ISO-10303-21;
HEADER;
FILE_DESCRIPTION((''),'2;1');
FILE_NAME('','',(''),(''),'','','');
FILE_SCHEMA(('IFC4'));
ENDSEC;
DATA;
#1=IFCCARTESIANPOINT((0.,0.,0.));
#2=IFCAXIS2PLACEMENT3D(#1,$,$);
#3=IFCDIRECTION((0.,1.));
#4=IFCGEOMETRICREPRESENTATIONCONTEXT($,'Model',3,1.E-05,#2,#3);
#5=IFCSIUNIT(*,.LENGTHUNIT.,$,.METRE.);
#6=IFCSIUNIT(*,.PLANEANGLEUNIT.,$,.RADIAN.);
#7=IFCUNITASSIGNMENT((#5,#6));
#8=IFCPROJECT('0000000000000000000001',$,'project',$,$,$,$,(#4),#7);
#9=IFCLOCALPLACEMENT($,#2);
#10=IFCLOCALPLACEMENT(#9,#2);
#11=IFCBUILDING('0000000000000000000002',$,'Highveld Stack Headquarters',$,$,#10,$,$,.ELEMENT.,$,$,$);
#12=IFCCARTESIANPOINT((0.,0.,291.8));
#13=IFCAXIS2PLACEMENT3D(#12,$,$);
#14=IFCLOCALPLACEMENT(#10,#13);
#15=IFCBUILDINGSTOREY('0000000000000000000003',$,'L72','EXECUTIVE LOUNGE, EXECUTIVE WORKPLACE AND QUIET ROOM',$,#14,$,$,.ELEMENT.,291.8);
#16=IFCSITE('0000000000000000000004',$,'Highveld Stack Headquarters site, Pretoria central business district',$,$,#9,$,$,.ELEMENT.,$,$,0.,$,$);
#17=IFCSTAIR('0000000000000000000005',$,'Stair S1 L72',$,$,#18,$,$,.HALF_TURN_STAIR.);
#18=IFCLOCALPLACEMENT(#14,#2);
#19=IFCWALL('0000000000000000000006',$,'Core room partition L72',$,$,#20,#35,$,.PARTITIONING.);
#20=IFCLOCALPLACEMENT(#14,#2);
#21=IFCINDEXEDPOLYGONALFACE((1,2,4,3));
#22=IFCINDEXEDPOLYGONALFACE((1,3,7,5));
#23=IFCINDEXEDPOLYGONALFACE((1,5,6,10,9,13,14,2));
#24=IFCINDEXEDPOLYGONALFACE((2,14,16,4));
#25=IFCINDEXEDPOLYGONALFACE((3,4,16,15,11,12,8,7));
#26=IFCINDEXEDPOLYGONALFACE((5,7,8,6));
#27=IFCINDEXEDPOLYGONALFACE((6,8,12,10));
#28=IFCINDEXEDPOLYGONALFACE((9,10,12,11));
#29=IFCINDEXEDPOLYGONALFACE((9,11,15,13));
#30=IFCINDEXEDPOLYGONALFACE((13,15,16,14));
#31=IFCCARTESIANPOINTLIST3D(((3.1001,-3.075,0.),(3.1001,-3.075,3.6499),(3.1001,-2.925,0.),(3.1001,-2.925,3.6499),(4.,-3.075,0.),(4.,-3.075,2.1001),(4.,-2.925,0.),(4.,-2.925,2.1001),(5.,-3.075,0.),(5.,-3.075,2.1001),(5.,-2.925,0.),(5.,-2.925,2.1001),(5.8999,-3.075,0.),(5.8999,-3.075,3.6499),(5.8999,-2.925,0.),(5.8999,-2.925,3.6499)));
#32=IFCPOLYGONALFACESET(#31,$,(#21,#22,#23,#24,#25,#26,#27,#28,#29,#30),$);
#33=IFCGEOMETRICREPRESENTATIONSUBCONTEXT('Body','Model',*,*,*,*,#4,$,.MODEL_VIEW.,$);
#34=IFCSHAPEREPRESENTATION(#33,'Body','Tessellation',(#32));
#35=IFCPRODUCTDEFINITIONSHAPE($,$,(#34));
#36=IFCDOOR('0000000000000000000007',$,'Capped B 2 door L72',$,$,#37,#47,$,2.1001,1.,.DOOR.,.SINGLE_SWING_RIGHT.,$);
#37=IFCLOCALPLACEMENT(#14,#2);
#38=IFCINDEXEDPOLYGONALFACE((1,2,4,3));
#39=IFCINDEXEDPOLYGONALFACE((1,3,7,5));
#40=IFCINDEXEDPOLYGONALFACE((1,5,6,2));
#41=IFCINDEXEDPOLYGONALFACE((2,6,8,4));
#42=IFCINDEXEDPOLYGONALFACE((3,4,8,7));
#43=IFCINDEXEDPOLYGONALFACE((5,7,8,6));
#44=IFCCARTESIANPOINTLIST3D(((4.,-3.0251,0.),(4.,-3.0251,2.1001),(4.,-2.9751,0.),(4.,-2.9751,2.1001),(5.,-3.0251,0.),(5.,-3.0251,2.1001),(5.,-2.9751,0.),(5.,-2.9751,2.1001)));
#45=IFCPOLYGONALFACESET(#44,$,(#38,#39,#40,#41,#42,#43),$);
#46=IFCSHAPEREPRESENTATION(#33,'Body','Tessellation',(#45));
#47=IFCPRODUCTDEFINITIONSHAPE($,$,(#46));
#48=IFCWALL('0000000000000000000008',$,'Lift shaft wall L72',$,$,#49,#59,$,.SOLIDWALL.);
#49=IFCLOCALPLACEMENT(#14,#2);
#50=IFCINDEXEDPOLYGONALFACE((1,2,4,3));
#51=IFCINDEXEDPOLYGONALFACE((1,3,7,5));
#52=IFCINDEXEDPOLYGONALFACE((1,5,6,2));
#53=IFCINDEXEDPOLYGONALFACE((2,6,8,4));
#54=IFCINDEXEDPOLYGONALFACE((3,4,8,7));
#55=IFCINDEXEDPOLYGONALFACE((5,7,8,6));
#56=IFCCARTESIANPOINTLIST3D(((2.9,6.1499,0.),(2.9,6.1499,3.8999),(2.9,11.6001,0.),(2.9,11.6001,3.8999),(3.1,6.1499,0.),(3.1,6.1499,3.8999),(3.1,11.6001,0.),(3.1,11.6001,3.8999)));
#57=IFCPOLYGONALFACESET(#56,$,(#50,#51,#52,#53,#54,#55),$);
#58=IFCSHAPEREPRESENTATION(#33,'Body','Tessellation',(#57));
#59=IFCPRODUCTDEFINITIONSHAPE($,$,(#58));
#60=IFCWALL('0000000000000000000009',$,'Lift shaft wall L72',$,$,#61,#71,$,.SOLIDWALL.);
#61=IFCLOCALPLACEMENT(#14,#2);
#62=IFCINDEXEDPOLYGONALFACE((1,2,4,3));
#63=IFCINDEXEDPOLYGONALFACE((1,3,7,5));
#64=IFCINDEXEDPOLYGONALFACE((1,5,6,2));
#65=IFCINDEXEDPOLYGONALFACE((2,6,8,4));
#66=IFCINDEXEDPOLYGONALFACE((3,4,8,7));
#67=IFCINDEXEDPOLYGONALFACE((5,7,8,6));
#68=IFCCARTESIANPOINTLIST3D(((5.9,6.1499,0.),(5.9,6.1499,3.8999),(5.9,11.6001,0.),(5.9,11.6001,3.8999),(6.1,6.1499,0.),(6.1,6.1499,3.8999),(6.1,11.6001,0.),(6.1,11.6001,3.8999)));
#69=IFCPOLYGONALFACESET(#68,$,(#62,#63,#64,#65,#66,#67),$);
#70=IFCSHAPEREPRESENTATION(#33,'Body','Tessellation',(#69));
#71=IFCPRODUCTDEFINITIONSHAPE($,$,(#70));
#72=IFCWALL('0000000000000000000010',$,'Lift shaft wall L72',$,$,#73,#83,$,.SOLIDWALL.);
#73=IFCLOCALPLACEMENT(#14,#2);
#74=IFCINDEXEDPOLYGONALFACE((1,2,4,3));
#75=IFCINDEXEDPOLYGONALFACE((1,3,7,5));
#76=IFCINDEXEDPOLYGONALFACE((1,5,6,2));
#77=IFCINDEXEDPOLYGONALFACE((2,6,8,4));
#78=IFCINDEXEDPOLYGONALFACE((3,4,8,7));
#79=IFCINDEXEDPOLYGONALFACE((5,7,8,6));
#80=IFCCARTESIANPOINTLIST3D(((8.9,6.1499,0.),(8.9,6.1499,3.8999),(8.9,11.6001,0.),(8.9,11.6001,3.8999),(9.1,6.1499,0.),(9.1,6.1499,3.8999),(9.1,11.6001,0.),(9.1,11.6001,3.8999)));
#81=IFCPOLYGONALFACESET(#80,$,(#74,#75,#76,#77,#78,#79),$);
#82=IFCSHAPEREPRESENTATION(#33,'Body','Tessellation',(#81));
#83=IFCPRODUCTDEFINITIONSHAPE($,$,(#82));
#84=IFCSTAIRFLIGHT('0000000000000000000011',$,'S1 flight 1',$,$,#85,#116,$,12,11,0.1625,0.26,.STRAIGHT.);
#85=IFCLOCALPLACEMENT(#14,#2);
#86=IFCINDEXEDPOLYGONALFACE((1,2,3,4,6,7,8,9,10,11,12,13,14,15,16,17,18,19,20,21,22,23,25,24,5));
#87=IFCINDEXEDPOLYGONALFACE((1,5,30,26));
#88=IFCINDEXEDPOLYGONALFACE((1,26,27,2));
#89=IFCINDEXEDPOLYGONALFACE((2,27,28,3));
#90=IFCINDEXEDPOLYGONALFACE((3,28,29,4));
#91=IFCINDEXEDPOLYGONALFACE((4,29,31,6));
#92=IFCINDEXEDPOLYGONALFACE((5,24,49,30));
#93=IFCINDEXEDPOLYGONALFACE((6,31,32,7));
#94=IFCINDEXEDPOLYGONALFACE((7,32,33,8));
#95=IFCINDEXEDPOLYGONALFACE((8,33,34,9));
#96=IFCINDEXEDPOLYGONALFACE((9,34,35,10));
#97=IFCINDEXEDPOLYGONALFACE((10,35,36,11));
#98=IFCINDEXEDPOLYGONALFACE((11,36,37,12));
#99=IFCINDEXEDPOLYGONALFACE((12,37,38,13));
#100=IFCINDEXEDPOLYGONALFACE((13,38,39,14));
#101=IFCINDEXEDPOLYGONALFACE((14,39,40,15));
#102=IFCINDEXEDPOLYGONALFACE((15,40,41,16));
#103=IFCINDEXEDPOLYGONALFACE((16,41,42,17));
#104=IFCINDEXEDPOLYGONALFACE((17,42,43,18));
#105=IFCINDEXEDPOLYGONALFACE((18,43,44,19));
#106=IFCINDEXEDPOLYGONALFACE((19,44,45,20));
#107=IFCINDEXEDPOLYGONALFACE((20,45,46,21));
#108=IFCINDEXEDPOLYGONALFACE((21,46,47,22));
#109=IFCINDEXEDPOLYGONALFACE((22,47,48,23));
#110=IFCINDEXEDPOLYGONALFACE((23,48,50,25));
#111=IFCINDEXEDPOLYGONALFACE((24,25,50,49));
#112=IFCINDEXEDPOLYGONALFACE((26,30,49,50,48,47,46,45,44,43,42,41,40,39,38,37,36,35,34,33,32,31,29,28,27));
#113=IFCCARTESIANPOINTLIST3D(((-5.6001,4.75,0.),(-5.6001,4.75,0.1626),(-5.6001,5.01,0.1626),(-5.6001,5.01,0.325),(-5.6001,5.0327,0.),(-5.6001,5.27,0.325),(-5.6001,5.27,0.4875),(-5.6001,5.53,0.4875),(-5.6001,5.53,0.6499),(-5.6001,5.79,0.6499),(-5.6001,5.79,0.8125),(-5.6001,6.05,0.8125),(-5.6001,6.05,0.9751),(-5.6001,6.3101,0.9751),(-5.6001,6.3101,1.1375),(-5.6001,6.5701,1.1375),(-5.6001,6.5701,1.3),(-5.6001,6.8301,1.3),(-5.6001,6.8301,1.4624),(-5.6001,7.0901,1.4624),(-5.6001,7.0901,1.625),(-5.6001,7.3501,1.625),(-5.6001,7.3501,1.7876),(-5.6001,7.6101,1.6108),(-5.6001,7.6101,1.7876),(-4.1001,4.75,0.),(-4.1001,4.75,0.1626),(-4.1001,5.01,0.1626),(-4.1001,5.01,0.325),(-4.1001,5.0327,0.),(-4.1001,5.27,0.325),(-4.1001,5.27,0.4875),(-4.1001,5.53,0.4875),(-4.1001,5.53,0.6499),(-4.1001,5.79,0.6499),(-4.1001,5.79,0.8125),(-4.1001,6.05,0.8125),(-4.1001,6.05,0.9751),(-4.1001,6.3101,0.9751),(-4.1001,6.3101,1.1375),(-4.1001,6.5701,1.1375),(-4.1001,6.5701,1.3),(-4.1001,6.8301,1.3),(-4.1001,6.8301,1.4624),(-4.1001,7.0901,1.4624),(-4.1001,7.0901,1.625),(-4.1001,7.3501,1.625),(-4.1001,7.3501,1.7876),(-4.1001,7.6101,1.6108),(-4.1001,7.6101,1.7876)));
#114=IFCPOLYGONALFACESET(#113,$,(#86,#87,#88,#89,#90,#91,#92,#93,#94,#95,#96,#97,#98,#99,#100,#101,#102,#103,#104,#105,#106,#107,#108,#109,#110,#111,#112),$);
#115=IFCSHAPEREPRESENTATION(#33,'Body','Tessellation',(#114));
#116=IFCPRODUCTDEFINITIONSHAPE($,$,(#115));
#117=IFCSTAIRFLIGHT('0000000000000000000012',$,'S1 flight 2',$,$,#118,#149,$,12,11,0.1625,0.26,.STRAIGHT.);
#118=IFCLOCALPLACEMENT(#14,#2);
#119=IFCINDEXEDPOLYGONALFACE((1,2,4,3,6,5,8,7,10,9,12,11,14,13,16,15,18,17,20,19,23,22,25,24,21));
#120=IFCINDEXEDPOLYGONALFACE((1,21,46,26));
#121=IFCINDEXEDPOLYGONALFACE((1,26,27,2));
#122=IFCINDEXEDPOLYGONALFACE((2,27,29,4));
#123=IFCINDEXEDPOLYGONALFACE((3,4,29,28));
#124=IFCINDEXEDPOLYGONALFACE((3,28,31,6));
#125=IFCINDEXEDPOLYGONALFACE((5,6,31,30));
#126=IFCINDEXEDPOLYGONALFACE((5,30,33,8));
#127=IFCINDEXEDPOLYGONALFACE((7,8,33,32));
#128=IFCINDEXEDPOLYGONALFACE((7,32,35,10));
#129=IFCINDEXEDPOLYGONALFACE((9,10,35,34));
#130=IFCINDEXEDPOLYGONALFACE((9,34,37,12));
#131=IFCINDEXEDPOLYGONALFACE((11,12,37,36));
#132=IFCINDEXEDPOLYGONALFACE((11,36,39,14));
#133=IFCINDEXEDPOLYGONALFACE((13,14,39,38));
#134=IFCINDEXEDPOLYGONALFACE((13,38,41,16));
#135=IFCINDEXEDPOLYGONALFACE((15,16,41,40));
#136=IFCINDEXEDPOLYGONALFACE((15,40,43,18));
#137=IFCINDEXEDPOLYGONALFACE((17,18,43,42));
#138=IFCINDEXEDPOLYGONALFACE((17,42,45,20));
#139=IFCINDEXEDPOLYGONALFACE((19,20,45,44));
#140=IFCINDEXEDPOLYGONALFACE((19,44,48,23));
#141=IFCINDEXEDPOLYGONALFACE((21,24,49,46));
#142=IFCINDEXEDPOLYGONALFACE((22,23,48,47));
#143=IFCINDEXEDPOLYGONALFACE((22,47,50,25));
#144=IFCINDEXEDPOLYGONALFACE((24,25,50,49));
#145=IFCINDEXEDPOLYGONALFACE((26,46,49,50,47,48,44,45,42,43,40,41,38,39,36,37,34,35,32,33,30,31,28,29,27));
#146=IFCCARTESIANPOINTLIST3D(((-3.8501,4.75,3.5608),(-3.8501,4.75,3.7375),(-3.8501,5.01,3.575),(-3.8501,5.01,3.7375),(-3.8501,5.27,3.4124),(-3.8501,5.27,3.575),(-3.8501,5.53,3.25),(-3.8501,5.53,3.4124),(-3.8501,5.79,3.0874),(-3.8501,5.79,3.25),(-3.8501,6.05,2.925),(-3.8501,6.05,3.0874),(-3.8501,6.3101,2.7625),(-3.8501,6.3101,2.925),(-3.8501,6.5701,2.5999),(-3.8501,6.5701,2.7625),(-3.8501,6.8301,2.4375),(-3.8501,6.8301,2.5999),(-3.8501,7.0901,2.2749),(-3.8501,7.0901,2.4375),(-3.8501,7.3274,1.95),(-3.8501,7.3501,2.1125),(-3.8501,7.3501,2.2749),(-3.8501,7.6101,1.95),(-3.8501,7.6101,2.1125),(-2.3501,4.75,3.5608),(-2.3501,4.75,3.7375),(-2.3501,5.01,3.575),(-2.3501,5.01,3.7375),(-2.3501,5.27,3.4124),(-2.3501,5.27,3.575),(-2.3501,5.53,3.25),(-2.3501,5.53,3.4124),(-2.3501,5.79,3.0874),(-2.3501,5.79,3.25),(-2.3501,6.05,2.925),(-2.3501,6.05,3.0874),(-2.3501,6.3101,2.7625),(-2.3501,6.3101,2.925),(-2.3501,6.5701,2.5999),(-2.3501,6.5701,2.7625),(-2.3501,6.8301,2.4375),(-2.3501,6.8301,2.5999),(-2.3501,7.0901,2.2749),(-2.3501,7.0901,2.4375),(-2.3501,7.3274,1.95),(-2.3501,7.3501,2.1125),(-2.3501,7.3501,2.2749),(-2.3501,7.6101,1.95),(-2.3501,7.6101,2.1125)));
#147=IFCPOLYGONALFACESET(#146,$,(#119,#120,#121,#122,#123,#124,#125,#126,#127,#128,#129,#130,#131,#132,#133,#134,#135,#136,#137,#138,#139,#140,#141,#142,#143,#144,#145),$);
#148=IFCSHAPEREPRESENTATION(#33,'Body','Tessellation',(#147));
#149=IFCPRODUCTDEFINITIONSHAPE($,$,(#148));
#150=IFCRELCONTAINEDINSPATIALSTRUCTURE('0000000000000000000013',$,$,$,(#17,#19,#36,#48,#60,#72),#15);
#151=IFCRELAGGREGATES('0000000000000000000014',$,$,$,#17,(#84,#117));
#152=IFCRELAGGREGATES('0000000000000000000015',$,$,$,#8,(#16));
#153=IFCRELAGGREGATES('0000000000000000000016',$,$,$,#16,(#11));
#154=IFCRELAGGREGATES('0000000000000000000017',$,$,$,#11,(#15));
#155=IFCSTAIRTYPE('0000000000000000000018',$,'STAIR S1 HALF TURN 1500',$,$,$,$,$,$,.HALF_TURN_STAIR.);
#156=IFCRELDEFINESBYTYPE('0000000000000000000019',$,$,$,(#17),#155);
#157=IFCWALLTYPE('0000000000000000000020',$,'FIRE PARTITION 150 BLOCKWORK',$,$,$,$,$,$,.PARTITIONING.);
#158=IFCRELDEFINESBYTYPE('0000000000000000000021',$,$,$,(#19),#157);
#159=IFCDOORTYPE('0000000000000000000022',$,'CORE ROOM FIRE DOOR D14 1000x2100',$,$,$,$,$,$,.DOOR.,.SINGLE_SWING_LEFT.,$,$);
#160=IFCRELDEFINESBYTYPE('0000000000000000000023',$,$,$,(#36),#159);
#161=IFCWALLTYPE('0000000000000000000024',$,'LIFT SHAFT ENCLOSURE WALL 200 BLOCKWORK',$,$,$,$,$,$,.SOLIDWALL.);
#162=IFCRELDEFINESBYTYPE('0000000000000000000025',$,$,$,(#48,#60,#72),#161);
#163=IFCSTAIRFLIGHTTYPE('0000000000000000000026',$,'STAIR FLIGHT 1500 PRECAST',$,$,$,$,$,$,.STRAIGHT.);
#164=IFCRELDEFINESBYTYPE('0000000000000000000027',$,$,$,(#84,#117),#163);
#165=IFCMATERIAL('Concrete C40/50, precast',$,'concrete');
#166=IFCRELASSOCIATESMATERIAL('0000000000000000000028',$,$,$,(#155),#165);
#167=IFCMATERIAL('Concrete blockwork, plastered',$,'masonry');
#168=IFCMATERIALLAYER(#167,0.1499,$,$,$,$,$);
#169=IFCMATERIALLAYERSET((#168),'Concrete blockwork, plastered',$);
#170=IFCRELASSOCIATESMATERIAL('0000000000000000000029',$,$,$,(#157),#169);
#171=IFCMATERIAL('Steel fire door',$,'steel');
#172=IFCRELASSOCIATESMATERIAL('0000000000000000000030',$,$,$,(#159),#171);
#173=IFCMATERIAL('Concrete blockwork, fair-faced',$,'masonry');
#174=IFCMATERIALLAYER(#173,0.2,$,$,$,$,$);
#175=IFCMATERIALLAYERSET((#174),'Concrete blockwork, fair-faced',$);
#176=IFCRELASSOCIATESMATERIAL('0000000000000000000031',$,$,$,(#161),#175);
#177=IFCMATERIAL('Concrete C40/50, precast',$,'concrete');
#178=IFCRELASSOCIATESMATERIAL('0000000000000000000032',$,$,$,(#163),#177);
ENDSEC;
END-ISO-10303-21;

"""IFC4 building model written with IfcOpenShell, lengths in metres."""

from ifc_helpers import new_model, si_unit, direction, frame, frame_2d, origin, place, context, subcontext, project, spatial, polyline, rectangle, outline, extrude, material, layer, layer_set, type_object, element, fill, aggregate, save


model = new_model("IFC4")

# Units and contexts
model_context = context("Model", 3, precision=1e-05, world=origin(), true_north=direction((0.0, 1.0)))
body_context = subcontext(model_context, "Body", "Model", "MODEL_VIEW")
ifc_project = project(units=[si_unit("LENGTHUNIT", "METRE"), si_unit("PLANEANGLEUNIT", "RADIAN")], contexts=[model_context])

# Site, building, storey
site_placement = place(None, origin())
site = spatial("IfcSite", under=ifc_project, at=site_placement, Name="Highveld Stack Headquarters site, Pretoria central business district", CompositionType="ELEMENT", RefElevation=0.0)
building_placement = place(site_placement, origin())
building = spatial("IfcBuilding", under=site, at=building_placement, Name="Highveld Stack Headquarters", CompositionType="ELEMENT")
storey_placement = place(building_placement, frame((0.0, 0.0, 291.8)))
storey = spatial("IfcBuildingStorey", under=building, at=storey_placement, Name="L72", Description="EXECUTIVE LOUNGE, EXECUTIVE WORKPLACE AND QUIET ROOM", CompositionType="ELEMENT", Elevation=291.8)

# Stair
ifc_material_1 = material(Name="Concrete C40/50, precast", Category="concrete")
stair_type_1 = type_object("IfcStairType", Name="STAIR S1 HALF TURN 1500", PredefinedType="HALF_TURN_STAIR", material=ifc_material_1)
stair_1_placement = place(storey_placement, origin())
stair_1 = element("IfcStair", 1, at=stair_1_placement, inside=storey, type_object=stair_type_1, Name="Stair S1 L72", PredefinedType="HALF_TURN_STAIR")

# Wall, opening, door
ifc_material_2 = material(Name="Concrete blockwork, plastered", Category="masonry")
ifc_layer_1 = layer(ifc_material_2, 0.1499)
ifc_layer_set_1 = layer_set([ifc_layer_1], Name="Concrete blockwork, plastered")
wall_type_1 = type_object("IfcWallType", Name="FIRE PARTITION 150 BLOCKWORK", PredefinedType="PARTITIONING", material=ifc_layer_set_1)
wall_1_placement = place(storey_placement, frame((3.1001, -3.0, 0.0), z_axis=(0.0, 0.0, 1.0), x_axis=(1.0, 0.0, 0.0)))
wall_1 = element("IfcWall", 2, at=wall_1_placement, inside=storey, type_object=wall_type_1, Name="Core room partition L72", PredefinedType="PARTITIONING", context=body_context, shape_type="SweptSolid", body=[
    extrude(rectangle(XDim=2.7998, YDim=0.1499, at=frame_2d((1.3999, 0.0))), origin(), (0.0, 0.0, 1.0), 3.6499),
])
opening_1_placement = place(wall_1_placement, frame((0.8999, 0.0, 0.0)))
opening_1 = element("IfcOpeningElement", 3, at=opening_1_placement, cuts=wall_1, PredefinedType="OPENING", context=body_context, shape_type="SweptSolid", body=[
    extrude(rectangle(XDim=1.0, YDim=2.1001, at=frame_2d((0.5, 1.05))), frame((0.0, 0.085, 0.0), z_axis=(0.0, -1.0, 0.0), x_axis=(1.0, 0.0, 0.0)), (0.0, 0.0, 1.0), 0.1699),
])
ifc_material_3 = material(Name="Steel fire door", Category="steel")
door_type_1 = type_object("IfcDoorType", Name="CORE ROOM FIRE DOOR D14 1000x2100", OperationType="SINGLE_SWING_LEFT", PredefinedType="DOOR", material=ifc_material_3)
door_1_placement = place(opening_1_placement, origin())
door_1 = element("IfcDoor", 4, at=door_1_placement, inside=storey, type_object=door_type_1, Name="Capped B 2 door L72", OperationType="SINGLE_SWING_RIGHT", OverallHeight=2.1001, OverallWidth=1.0, PredefinedType="DOOR", context=body_context, shape_type="SweptSolid", body=[
    extrude(rectangle(XDim=1.0, YDim=2.1001, at=frame_2d((0.5, 1.05))), frame((0.0, 0.0249, 0.0), z_axis=(0.0, -1.0, 0.0), x_axis=(1.0, 0.0, 0.0)), (0.0, 0.0, 1.0), 0.05),
])
fill(opening_1, door_1)

# Walls
ifc_material_4 = material(Name="Concrete blockwork, fair-faced", Category="masonry")
ifc_layer_2 = layer(ifc_material_4, 0.2)
ifc_layer_set_2 = layer_set([ifc_layer_2], Name="Concrete blockwork, fair-faced")
wall_type_2 = type_object("IfcWallType", Name="LIFT SHAFT ENCLOSURE WALL 200 BLOCKWORK", PredefinedType="SOLIDWALL", material=ifc_layer_set_2)
for number, where, z_axis, x_axis, name in (
    (5, (3.0, 6.1499, 0.0), (0.0, 0.0, 1.0), (0.0, 1.0, 0.0), "Lift shaft wall L72"),
    (6, (6.0, 6.1499, 0.0), (0.0, 0.0, 1.0), (0.0, 1.0, 0.0), "Lift shaft wall L72"),
    (7, (9.0, 6.1499, 0.0), (0.0, 0.0, 1.0), (0.0, 1.0, 0.0), "Lift shaft wall L72"),
):
    element("IfcWall", number, at=place(storey_placement, frame(where, z_axis=z_axis, x_axis=x_axis)), inside=storey, type_object=wall_type_2, Name=name, PredefinedType="SOLIDWALL", context=body_context, shape_type="SweptSolid", body=[
        extrude(rectangle(XDim=5.4502, YDim=0.2, at=frame_2d((2.7251, 0.0))), origin(), (0.0, 0.0, 1.0), 3.8999),
    ])

# Stair flights
ifc_material_5 = material(Name="Concrete C40/50, precast", Category="concrete")
stair_flight_type = type_object("IfcStairFlightType", Name="STAIR FLIGHT 1500 PRECAST", PredefinedType="STRAIGHT", material=ifc_material_5)
stair_flight_1_placement = place(storey_placement, frame((-4.8501, 4.75, 0.0), z_axis=(0.0, 0.0, 1.0), x_axis=(0.0, 1.0, 0.0)))
stair_flight_1 = element("IfcStairFlight", 8, at=stair_flight_1_placement, type_object=stair_flight_type, Name="S1 flight 1", NumberOfRisers=12, NumberOfTreads=11, PredefinedType="STRAIGHT", RiserHeight=0.1625, TreadLength=0.26, context=body_context, shape_type="SweptSolid", body=[
    extrude(outline(polyline([(0.0, 0.0), (0.0, 0.1626), (0.26, 0.1626), (0.26, 0.325), (0.52, 0.325), (0.52, 0.4875), (0.78, 0.4875), (0.78, 0.6499), (1.04, 0.6499), (1.04, 0.8125), (1.3, 0.8125), (1.3, 0.9751), (1.5601, 0.9751), (1.5601, 1.1375), (1.8201, 1.1375), (1.8201, 1.3), (2.0801, 1.3), (2.0801, 1.4624), (2.3401, 1.4624), (2.3401, 1.625), (2.6001, 1.625), (2.6001, 1.7876), (2.8601, 1.7876), (2.8601, 1.95), (2.8601, 1.6108), (0.2827, 0.0), (0.0, 0.0)])), frame((0.0, 0.75, 0.0), z_axis=(0.0, -1.0, 0.0), x_axis=(1.0, 0.0, 0.0)), (0.0, 0.0, 1.0), 1.5),
])
stair_flight_2_placement = place(storey_placement, frame((-3.1001, 7.6101, 1.95), z_axis=(0.0, 0.0, 1.0), x_axis=(0.0, -1.0, 0.0)))
stair_flight_2 = element("IfcStairFlight", 9, at=stair_flight_2_placement, type_object=stair_flight_type, Name="S1 flight 2", NumberOfRisers=12, NumberOfTreads=11, PredefinedType="STRAIGHT", RiserHeight=0.1625, TreadLength=0.26, context=body_context, shape_type="SweptSolid", body=[
    extrude(outline(polyline([(0.0, 0.0), (0.0, 0.1626), (0.26, 0.1626), (0.26, 0.325), (0.52, 0.325), (0.52, 0.4875), (0.78, 0.4875), (0.78, 0.6499), (1.04, 0.6499), (1.04, 0.8125), (1.3, 0.8125), (1.3, 0.9751), (1.5601, 0.9751), (1.5601, 1.1375), (1.8201, 1.1375), (1.8201, 1.3), (2.0801, 1.3), (2.0801, 1.4624), (2.3401, 1.4624), (2.3401, 1.625), (2.6001, 1.625), (2.6001, 1.7876), (2.8601, 1.7876), (2.8601, 1.95), (2.8601, 1.6108), (0.2827, 0.0), (0.0, 0.0)])), frame((0.0, 0.75, 0.0), z_axis=(0.0, -1.0, 0.0), x_axis=(1.0, 0.0, 0.0)), (0.0, 0.0, 1.0), 1.5),
])
aggregate(stair_1, [stair_flight_1, stair_flight_2])

save(model, "model.ifc")
